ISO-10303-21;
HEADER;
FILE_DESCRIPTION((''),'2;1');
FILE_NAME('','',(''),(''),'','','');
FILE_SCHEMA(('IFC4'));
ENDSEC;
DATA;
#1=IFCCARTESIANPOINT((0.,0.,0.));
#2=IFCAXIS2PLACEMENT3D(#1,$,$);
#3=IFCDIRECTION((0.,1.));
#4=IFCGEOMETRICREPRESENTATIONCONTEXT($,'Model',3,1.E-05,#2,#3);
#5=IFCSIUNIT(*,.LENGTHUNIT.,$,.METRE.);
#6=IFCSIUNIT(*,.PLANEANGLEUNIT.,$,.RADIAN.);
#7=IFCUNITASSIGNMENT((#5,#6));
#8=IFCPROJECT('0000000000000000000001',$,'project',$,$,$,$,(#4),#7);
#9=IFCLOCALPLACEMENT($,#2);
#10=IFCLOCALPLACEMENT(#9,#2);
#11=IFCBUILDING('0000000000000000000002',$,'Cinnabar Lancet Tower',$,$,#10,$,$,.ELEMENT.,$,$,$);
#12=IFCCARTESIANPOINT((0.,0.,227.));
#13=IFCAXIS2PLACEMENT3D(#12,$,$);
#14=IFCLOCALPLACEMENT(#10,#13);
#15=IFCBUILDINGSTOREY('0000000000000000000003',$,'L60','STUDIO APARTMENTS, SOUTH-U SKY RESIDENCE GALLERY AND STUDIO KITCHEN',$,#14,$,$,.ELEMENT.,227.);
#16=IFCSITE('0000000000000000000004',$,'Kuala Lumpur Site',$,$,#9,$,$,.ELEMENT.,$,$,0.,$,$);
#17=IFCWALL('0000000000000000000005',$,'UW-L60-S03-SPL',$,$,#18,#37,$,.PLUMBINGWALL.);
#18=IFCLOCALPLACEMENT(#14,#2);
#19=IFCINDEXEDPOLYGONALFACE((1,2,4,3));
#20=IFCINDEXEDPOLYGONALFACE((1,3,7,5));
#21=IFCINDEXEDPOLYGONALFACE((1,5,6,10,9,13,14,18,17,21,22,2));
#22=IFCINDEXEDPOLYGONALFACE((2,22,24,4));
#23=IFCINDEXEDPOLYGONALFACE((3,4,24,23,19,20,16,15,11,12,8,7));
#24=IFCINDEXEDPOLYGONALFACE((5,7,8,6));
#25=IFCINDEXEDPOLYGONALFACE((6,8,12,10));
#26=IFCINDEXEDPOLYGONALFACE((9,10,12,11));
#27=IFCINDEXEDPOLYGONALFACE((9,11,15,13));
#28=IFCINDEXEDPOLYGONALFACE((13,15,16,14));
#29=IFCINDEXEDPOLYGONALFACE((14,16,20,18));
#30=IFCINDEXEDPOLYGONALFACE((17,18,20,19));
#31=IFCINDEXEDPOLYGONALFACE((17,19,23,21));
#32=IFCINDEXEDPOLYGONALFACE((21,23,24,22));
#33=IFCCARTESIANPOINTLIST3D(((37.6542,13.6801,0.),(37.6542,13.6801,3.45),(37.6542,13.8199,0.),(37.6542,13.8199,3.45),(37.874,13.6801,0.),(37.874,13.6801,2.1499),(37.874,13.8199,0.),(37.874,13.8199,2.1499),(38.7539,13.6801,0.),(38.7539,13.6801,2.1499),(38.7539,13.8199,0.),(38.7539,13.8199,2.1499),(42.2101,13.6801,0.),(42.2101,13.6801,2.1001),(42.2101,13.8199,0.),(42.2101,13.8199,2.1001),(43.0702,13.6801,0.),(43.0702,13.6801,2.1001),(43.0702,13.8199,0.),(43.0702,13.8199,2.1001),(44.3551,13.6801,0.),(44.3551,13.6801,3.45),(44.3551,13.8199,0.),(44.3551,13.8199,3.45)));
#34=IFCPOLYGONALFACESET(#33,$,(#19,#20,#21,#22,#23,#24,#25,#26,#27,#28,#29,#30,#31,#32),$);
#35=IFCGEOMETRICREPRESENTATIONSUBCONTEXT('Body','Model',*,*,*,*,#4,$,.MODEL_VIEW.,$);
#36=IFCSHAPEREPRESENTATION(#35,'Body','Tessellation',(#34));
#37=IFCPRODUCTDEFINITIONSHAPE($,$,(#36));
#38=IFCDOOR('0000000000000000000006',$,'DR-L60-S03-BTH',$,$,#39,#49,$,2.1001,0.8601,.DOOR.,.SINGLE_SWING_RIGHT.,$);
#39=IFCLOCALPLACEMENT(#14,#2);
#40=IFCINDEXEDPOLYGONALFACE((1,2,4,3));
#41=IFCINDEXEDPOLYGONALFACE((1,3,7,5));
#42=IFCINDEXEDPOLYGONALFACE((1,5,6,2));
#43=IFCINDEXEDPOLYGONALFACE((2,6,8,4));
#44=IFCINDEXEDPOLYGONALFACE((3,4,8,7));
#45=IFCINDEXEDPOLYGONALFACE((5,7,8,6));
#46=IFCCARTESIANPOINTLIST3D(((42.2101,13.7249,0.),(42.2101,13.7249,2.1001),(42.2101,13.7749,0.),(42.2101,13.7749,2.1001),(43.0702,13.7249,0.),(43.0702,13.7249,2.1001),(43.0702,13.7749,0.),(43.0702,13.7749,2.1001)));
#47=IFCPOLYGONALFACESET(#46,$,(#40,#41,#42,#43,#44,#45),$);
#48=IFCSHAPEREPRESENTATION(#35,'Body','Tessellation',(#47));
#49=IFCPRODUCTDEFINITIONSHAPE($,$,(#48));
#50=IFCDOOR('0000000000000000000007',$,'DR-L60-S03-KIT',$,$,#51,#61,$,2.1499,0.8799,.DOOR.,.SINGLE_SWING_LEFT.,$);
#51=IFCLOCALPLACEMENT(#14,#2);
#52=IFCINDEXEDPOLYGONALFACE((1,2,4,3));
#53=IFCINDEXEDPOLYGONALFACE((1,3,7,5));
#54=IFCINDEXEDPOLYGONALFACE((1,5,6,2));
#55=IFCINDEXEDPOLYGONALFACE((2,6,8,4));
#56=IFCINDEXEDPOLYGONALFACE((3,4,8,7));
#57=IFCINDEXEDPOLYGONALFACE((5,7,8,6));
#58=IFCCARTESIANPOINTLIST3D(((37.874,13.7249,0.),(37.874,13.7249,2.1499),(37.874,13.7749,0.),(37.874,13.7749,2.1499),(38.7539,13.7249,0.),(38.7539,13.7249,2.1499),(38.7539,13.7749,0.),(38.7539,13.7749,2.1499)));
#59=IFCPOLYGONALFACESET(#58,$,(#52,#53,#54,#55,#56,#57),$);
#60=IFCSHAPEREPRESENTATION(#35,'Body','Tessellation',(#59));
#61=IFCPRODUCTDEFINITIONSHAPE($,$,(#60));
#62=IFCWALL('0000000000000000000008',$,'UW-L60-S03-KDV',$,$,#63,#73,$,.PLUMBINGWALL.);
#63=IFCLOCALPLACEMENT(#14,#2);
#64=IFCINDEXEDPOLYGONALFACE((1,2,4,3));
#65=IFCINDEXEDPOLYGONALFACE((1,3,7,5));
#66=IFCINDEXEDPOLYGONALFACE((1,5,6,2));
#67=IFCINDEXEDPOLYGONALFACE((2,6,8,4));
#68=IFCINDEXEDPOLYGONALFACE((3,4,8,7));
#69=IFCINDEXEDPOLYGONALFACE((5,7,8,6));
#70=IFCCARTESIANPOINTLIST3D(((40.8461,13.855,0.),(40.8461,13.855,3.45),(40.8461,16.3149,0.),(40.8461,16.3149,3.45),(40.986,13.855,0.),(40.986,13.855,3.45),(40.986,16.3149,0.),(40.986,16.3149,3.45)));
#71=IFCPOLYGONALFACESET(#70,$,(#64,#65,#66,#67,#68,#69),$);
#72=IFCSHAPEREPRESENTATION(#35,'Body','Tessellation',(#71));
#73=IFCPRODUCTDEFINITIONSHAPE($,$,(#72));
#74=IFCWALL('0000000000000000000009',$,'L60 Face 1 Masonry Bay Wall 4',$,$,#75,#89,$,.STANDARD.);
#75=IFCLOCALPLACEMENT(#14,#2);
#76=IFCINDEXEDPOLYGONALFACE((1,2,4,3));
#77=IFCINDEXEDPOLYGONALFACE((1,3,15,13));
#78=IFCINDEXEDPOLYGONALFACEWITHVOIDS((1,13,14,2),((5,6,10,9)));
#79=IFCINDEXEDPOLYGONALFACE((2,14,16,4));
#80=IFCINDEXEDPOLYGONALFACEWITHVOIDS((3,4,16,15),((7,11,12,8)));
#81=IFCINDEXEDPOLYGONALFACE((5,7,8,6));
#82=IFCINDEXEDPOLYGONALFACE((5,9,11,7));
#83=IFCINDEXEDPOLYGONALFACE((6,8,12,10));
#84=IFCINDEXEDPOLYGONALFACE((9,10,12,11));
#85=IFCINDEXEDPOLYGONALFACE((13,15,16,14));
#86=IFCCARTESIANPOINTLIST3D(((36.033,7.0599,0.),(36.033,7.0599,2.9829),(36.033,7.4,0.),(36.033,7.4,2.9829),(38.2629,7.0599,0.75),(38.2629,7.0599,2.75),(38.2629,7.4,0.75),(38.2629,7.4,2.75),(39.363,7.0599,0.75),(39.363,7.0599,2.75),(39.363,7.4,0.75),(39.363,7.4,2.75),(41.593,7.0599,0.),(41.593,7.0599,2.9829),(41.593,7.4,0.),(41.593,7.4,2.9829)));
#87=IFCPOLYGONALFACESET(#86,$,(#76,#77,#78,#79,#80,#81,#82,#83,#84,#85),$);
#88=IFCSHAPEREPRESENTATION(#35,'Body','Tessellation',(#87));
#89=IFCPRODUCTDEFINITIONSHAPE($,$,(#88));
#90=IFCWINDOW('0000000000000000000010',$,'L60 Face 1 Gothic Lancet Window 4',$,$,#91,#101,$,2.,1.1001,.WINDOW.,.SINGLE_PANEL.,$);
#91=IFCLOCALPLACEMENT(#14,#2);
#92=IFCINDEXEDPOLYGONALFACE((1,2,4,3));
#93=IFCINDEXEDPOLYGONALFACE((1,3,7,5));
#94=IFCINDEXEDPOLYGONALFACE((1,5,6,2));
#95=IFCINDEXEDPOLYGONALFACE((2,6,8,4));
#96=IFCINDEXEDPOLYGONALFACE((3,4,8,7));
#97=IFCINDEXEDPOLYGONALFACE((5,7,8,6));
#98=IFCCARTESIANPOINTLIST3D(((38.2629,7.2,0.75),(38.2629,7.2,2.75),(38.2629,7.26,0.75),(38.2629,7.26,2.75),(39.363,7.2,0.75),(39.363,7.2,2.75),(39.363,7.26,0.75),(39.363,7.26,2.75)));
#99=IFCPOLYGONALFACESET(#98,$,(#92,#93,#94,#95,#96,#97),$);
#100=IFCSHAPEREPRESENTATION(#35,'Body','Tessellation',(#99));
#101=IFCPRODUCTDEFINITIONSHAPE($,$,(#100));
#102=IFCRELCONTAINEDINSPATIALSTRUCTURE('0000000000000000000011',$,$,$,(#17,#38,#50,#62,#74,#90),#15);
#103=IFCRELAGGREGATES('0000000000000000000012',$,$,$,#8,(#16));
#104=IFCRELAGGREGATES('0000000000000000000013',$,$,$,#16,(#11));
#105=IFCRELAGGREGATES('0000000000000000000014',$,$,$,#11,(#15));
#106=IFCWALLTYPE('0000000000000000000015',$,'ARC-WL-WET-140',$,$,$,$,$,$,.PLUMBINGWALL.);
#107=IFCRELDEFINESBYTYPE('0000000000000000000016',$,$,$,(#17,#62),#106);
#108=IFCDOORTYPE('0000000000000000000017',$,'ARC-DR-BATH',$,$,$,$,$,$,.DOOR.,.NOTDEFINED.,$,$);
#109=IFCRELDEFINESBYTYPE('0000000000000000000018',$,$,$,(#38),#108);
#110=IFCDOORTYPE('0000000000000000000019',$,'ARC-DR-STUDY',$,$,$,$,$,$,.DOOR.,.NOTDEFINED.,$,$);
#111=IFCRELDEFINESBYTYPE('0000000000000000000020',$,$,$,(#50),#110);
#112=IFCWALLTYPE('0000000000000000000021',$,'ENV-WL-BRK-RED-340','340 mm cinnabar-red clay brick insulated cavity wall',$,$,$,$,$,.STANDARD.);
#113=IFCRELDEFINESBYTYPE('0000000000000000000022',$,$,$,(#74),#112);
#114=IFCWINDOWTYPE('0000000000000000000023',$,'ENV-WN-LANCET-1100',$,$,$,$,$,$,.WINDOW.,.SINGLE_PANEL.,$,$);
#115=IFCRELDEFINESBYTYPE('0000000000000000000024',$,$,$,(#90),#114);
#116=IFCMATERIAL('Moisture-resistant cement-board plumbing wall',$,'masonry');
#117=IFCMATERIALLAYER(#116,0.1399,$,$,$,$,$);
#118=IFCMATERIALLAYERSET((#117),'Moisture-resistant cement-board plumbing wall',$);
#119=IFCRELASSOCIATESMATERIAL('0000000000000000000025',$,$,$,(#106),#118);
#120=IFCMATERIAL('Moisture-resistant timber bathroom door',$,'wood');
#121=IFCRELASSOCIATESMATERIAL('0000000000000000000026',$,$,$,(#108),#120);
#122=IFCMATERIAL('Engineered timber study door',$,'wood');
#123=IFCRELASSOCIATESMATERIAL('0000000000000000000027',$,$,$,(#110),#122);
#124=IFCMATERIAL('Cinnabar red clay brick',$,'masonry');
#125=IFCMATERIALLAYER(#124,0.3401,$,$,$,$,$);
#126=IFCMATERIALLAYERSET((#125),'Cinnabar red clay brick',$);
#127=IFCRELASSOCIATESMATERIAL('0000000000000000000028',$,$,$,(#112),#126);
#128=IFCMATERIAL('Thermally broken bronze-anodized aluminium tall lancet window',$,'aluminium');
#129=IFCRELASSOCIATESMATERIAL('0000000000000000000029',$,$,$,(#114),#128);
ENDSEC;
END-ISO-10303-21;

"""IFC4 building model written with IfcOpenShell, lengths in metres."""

from ifc_helpers import new_model, si_unit, direction, frame, frame_2d, origin, place, context, subcontext, project, spatial, rectangle, extrude, material, layer, layer_set, type_object, element, fill, save


model = new_model("IFC4")

# Units and contexts
model_context = context("Model", 3, precision=1e-05, world=origin(), true_north=direction((0.0, 1.0)))
body_context = subcontext(model_context, "Body", "Model", "MODEL_VIEW")
ifc_project = project(units=[si_unit("LENGTHUNIT", "METRE"), si_unit("PLANEANGLEUNIT", "RADIAN")], contexts=[model_context])

# Site, building, storey
site_placement = place(None, origin())
site = spatial("IfcSite", under=ifc_project, at=site_placement, Name="Kuala Lumpur Site", CompositionType="ELEMENT", RefElevation=0.0)
building_placement = place(site_placement, origin())
building = spatial("IfcBuilding", under=site, at=building_placement, Name="Cinnabar Lancet Tower", CompositionType="ELEMENT")
storey_placement = place(building_placement, frame((0.0, 0.0, 227.0)))
storey = spatial("IfcBuildingStorey", under=building, at=storey_placement, Name="L60", Description="STUDIO APARTMENTS, SOUTH-U SKY RESIDENCE GALLERY AND STUDIO KITCHEN", CompositionType="ELEMENT", Elevation=227.0)

# Shared definitions
ifc_material_1 = material(Name="Moisture-resistant cement-board plumbing wall", Category="masonry")
ifc_layer_1 = layer(ifc_material_1, 0.1399)
ifc_layer_set_1 = layer_set([ifc_layer_1], Name="Moisture-resistant cement-board plumbing wall")
wall_type_1 = type_object("IfcWallType", Name="ARC-WL-WET-140", PredefinedType="PLUMBINGWALL", material=ifc_layer_set_1)
ifc_material_2 = material(Name="Moisture-resistant timber bathroom door", Category="wood")
door_type_1 = type_object("IfcDoorType", Name="ARC-DR-BATH", OperationType="NOTDEFINED", PredefinedType="DOOR", material=ifc_material_2)
ifc_material_3 = material(Name="Engineered timber study door", Category="wood")
door_type_2 = type_object("IfcDoorType", Name="ARC-DR-STUDY", OperationType="NOTDEFINED", PredefinedType="DOOR", material=ifc_material_3)

# Wall, openings, doors
wall_1_placement = place(storey_placement, frame((37.6541, 13.75, 0.0), z_axis=(0.0, 0.0, 1.0), x_axis=(1.0, 0.0, 0.0)))
wall_1 = element("IfcWall", 1, at=wall_1_placement, inside=storey, type_object=wall_type_1, Name="UW-L60-S03-SPL", PredefinedType="PLUMBINGWALL", context=body_context, shape_type="SweptSolid", body=[
    extrude(rectangle(XDim=6.7009, YDim=0.1399, at=frame_2d((3.3506, 0.0))), origin(), (0.0, 0.0, 1.0), 3.45),
])
opening_1_placement = place(wall_1_placement, frame((4.5559, 0.0, 0.0)))
opening_1 = element("IfcOpeningElement", 2, at=opening_1_placement, cuts=wall_1, PredefinedType="OPENING", context=body_context, shape_type="SweptSolid", body=[
    extrude(rectangle(XDim=0.8601, YDim=2.1001, at=frame_2d((0.4302, 1.05))), frame((0.0, 0.0798, 0.0), z_axis=(0.0, -1.0, 0.0), x_axis=(1.0, 0.0, 0.0)), (0.0, 0.0, 1.0), 0.1599),
])
opening_2_placement = place(wall_1_placement, frame((0.22, 0.0, 0.0)))
opening_2 = element("IfcOpeningElement", 3, at=opening_2_placement, cuts=wall_1, PredefinedType="OPENING", context=body_context, shape_type="SweptSolid", body=[
    extrude(rectangle(XDim=0.8799, YDim=2.1499, at=frame_2d((0.4399, 1.075))), frame((0.0, 0.0798, 0.0), z_axis=(0.0, -1.0, 0.0), x_axis=(1.0, 0.0, 0.0)), (0.0, 0.0, 1.0), 0.1599),
])
door_1_placement = place(opening_1_placement, origin())
door_1 = element("IfcDoor", 4, at=door_1_placement, inside=storey, type_object=door_type_1, Name="DR-L60-S03-BTH", OperationType="SINGLE_SWING_RIGHT", OverallHeight=2.1001, OverallWidth=0.8601, PredefinedType="DOOR", context=body_context, shape_type="SweptSolid", body=[
    extrude(rectangle(XDim=0.8601, YDim=2.1001, at=frame_2d((0.4302, 1.05))), frame((0.0, 0.0249, 0.0), z_axis=(0.0, -1.0, 0.0), x_axis=(1.0, 0.0, 0.0)), (0.0, 0.0, 1.0), 0.05),
])
fill(opening_1, door_1)
door_2_placement = place(opening_2_placement, origin())
door_2 = element("IfcDoor", 5, at=door_2_placement, inside=storey, type_object=door_type_2, Name="DR-L60-S03-KIT", OperationType="SINGLE_SWING_LEFT", OverallHeight=2.1499, OverallWidth=0.8799, PredefinedType="DOOR", context=body_context, shape_type="SweptSolid", body=[
    extrude(rectangle(XDim=0.8799, YDim=2.1499, at=frame_2d((0.4399, 1.075))), frame((0.0, 0.0249, 0.0), z_axis=(0.0, -1.0, 0.0), x_axis=(1.0, 0.0, 0.0)), (0.0, 0.0, 1.0), 0.05),
])
fill(opening_2, door_2)

# Wall
wall_2_placement = place(storey_placement, frame((40.916, 13.855, 0.0), z_axis=(0.0, 0.0, 1.0), x_axis=(0.0, 1.0, 0.0)))
element("IfcWall", 6, at=wall_2_placement, inside=storey, type_object=wall_type_1, Name="UW-L60-S03-KDV", PredefinedType="PLUMBINGWALL", context=body_context, shape_type="SweptSolid", body=[
    extrude(rectangle(XDim=2.46, YDim=0.1399, at=frame_2d((1.23, 0.0))), origin(), (0.0, 0.0, 1.0), 3.45),
])

# Wall, opening, window
ifc_material_4 = material(Name="Cinnabar red clay brick", Category="masonry")
ifc_layer_2 = layer(ifc_material_4, 0.3401)
ifc_layer_set_2 = layer_set([ifc_layer_2], Name="Cinnabar red clay brick")
wall_type_2 = type_object("IfcWallType", Name="ENV-WL-BRK-RED-340", Description="340 mm cinnabar-red clay brick insulated cavity wall", PredefinedType="STANDARD", material=ifc_layer_set_2)
wall_3_placement = place(storey_placement, frame((36.033, 7.23, 0.0), z_axis=(0.0, 0.0, 1.0), x_axis=(1.0, 0.0, 0.0)))
wall_3 = element("IfcWall", 7, at=wall_3_placement, inside=storey, type_object=wall_type_2, Name="L60 Face 1 Masonry Bay Wall 4", PredefinedType="STANDARD", context=body_context, shape_type="SweptSolid", body=[
    extrude(rectangle(XDim=5.5601, YDim=0.3401, at=frame_2d((2.78, 0.0))), origin(), (0.0, 0.0, 1.0), 2.9829),
])
opening_3_placement = place(wall_3_placement, frame((2.23, 0.0, 0.75)))
opening_3 = element("IfcOpeningElement", 8, at=opening_3_placement, cuts=wall_3, PredefinedType="OPENING", context=body_context, shape_type="SweptSolid", body=[
    extrude(rectangle(XDim=1.1001, YDim=2.0, at=frame_2d((0.55, 1.0))), frame((0.0, 0.1799, 0.0), z_axis=(0.0, -1.0, 0.0), x_axis=(1.0, 0.0, 0.0)), (0.0, 0.0, 1.0), 0.3601),
])
ifc_material_5 = material(Name="Thermally broken bronze-anodized aluminium tall lancet window", Category="aluminium")
window_type = type_object("IfcWindowType", Name="ENV-WN-LANCET-1100", PartitioningType="SINGLE_PANEL", PredefinedType="WINDOW", material=ifc_material_5)
window_placement = place(opening_3_placement, origin())
window = element("IfcWindow", 9, at=window_placement, inside=storey, type_object=window_type, Name="L60 Face 1 Gothic Lancet Window 4", OverallHeight=2.0, OverallWidth=1.1001, PartitioningType="SINGLE_PANEL", PredefinedType="WINDOW", context=body_context, shape_type="SweptSolid", body=[
    extrude(rectangle(XDim=1.1001, YDim=2.0, at=frame_2d((0.55, 1.0))), frame((0.0, 0.03, 0.0), z_axis=(0.0, -1.0, 0.0), x_axis=(1.0, 0.0, 0.0)), (0.0, 0.0, 1.0), 0.0601),
])
fill(opening_3, window)

save(model, "model.ifc")
